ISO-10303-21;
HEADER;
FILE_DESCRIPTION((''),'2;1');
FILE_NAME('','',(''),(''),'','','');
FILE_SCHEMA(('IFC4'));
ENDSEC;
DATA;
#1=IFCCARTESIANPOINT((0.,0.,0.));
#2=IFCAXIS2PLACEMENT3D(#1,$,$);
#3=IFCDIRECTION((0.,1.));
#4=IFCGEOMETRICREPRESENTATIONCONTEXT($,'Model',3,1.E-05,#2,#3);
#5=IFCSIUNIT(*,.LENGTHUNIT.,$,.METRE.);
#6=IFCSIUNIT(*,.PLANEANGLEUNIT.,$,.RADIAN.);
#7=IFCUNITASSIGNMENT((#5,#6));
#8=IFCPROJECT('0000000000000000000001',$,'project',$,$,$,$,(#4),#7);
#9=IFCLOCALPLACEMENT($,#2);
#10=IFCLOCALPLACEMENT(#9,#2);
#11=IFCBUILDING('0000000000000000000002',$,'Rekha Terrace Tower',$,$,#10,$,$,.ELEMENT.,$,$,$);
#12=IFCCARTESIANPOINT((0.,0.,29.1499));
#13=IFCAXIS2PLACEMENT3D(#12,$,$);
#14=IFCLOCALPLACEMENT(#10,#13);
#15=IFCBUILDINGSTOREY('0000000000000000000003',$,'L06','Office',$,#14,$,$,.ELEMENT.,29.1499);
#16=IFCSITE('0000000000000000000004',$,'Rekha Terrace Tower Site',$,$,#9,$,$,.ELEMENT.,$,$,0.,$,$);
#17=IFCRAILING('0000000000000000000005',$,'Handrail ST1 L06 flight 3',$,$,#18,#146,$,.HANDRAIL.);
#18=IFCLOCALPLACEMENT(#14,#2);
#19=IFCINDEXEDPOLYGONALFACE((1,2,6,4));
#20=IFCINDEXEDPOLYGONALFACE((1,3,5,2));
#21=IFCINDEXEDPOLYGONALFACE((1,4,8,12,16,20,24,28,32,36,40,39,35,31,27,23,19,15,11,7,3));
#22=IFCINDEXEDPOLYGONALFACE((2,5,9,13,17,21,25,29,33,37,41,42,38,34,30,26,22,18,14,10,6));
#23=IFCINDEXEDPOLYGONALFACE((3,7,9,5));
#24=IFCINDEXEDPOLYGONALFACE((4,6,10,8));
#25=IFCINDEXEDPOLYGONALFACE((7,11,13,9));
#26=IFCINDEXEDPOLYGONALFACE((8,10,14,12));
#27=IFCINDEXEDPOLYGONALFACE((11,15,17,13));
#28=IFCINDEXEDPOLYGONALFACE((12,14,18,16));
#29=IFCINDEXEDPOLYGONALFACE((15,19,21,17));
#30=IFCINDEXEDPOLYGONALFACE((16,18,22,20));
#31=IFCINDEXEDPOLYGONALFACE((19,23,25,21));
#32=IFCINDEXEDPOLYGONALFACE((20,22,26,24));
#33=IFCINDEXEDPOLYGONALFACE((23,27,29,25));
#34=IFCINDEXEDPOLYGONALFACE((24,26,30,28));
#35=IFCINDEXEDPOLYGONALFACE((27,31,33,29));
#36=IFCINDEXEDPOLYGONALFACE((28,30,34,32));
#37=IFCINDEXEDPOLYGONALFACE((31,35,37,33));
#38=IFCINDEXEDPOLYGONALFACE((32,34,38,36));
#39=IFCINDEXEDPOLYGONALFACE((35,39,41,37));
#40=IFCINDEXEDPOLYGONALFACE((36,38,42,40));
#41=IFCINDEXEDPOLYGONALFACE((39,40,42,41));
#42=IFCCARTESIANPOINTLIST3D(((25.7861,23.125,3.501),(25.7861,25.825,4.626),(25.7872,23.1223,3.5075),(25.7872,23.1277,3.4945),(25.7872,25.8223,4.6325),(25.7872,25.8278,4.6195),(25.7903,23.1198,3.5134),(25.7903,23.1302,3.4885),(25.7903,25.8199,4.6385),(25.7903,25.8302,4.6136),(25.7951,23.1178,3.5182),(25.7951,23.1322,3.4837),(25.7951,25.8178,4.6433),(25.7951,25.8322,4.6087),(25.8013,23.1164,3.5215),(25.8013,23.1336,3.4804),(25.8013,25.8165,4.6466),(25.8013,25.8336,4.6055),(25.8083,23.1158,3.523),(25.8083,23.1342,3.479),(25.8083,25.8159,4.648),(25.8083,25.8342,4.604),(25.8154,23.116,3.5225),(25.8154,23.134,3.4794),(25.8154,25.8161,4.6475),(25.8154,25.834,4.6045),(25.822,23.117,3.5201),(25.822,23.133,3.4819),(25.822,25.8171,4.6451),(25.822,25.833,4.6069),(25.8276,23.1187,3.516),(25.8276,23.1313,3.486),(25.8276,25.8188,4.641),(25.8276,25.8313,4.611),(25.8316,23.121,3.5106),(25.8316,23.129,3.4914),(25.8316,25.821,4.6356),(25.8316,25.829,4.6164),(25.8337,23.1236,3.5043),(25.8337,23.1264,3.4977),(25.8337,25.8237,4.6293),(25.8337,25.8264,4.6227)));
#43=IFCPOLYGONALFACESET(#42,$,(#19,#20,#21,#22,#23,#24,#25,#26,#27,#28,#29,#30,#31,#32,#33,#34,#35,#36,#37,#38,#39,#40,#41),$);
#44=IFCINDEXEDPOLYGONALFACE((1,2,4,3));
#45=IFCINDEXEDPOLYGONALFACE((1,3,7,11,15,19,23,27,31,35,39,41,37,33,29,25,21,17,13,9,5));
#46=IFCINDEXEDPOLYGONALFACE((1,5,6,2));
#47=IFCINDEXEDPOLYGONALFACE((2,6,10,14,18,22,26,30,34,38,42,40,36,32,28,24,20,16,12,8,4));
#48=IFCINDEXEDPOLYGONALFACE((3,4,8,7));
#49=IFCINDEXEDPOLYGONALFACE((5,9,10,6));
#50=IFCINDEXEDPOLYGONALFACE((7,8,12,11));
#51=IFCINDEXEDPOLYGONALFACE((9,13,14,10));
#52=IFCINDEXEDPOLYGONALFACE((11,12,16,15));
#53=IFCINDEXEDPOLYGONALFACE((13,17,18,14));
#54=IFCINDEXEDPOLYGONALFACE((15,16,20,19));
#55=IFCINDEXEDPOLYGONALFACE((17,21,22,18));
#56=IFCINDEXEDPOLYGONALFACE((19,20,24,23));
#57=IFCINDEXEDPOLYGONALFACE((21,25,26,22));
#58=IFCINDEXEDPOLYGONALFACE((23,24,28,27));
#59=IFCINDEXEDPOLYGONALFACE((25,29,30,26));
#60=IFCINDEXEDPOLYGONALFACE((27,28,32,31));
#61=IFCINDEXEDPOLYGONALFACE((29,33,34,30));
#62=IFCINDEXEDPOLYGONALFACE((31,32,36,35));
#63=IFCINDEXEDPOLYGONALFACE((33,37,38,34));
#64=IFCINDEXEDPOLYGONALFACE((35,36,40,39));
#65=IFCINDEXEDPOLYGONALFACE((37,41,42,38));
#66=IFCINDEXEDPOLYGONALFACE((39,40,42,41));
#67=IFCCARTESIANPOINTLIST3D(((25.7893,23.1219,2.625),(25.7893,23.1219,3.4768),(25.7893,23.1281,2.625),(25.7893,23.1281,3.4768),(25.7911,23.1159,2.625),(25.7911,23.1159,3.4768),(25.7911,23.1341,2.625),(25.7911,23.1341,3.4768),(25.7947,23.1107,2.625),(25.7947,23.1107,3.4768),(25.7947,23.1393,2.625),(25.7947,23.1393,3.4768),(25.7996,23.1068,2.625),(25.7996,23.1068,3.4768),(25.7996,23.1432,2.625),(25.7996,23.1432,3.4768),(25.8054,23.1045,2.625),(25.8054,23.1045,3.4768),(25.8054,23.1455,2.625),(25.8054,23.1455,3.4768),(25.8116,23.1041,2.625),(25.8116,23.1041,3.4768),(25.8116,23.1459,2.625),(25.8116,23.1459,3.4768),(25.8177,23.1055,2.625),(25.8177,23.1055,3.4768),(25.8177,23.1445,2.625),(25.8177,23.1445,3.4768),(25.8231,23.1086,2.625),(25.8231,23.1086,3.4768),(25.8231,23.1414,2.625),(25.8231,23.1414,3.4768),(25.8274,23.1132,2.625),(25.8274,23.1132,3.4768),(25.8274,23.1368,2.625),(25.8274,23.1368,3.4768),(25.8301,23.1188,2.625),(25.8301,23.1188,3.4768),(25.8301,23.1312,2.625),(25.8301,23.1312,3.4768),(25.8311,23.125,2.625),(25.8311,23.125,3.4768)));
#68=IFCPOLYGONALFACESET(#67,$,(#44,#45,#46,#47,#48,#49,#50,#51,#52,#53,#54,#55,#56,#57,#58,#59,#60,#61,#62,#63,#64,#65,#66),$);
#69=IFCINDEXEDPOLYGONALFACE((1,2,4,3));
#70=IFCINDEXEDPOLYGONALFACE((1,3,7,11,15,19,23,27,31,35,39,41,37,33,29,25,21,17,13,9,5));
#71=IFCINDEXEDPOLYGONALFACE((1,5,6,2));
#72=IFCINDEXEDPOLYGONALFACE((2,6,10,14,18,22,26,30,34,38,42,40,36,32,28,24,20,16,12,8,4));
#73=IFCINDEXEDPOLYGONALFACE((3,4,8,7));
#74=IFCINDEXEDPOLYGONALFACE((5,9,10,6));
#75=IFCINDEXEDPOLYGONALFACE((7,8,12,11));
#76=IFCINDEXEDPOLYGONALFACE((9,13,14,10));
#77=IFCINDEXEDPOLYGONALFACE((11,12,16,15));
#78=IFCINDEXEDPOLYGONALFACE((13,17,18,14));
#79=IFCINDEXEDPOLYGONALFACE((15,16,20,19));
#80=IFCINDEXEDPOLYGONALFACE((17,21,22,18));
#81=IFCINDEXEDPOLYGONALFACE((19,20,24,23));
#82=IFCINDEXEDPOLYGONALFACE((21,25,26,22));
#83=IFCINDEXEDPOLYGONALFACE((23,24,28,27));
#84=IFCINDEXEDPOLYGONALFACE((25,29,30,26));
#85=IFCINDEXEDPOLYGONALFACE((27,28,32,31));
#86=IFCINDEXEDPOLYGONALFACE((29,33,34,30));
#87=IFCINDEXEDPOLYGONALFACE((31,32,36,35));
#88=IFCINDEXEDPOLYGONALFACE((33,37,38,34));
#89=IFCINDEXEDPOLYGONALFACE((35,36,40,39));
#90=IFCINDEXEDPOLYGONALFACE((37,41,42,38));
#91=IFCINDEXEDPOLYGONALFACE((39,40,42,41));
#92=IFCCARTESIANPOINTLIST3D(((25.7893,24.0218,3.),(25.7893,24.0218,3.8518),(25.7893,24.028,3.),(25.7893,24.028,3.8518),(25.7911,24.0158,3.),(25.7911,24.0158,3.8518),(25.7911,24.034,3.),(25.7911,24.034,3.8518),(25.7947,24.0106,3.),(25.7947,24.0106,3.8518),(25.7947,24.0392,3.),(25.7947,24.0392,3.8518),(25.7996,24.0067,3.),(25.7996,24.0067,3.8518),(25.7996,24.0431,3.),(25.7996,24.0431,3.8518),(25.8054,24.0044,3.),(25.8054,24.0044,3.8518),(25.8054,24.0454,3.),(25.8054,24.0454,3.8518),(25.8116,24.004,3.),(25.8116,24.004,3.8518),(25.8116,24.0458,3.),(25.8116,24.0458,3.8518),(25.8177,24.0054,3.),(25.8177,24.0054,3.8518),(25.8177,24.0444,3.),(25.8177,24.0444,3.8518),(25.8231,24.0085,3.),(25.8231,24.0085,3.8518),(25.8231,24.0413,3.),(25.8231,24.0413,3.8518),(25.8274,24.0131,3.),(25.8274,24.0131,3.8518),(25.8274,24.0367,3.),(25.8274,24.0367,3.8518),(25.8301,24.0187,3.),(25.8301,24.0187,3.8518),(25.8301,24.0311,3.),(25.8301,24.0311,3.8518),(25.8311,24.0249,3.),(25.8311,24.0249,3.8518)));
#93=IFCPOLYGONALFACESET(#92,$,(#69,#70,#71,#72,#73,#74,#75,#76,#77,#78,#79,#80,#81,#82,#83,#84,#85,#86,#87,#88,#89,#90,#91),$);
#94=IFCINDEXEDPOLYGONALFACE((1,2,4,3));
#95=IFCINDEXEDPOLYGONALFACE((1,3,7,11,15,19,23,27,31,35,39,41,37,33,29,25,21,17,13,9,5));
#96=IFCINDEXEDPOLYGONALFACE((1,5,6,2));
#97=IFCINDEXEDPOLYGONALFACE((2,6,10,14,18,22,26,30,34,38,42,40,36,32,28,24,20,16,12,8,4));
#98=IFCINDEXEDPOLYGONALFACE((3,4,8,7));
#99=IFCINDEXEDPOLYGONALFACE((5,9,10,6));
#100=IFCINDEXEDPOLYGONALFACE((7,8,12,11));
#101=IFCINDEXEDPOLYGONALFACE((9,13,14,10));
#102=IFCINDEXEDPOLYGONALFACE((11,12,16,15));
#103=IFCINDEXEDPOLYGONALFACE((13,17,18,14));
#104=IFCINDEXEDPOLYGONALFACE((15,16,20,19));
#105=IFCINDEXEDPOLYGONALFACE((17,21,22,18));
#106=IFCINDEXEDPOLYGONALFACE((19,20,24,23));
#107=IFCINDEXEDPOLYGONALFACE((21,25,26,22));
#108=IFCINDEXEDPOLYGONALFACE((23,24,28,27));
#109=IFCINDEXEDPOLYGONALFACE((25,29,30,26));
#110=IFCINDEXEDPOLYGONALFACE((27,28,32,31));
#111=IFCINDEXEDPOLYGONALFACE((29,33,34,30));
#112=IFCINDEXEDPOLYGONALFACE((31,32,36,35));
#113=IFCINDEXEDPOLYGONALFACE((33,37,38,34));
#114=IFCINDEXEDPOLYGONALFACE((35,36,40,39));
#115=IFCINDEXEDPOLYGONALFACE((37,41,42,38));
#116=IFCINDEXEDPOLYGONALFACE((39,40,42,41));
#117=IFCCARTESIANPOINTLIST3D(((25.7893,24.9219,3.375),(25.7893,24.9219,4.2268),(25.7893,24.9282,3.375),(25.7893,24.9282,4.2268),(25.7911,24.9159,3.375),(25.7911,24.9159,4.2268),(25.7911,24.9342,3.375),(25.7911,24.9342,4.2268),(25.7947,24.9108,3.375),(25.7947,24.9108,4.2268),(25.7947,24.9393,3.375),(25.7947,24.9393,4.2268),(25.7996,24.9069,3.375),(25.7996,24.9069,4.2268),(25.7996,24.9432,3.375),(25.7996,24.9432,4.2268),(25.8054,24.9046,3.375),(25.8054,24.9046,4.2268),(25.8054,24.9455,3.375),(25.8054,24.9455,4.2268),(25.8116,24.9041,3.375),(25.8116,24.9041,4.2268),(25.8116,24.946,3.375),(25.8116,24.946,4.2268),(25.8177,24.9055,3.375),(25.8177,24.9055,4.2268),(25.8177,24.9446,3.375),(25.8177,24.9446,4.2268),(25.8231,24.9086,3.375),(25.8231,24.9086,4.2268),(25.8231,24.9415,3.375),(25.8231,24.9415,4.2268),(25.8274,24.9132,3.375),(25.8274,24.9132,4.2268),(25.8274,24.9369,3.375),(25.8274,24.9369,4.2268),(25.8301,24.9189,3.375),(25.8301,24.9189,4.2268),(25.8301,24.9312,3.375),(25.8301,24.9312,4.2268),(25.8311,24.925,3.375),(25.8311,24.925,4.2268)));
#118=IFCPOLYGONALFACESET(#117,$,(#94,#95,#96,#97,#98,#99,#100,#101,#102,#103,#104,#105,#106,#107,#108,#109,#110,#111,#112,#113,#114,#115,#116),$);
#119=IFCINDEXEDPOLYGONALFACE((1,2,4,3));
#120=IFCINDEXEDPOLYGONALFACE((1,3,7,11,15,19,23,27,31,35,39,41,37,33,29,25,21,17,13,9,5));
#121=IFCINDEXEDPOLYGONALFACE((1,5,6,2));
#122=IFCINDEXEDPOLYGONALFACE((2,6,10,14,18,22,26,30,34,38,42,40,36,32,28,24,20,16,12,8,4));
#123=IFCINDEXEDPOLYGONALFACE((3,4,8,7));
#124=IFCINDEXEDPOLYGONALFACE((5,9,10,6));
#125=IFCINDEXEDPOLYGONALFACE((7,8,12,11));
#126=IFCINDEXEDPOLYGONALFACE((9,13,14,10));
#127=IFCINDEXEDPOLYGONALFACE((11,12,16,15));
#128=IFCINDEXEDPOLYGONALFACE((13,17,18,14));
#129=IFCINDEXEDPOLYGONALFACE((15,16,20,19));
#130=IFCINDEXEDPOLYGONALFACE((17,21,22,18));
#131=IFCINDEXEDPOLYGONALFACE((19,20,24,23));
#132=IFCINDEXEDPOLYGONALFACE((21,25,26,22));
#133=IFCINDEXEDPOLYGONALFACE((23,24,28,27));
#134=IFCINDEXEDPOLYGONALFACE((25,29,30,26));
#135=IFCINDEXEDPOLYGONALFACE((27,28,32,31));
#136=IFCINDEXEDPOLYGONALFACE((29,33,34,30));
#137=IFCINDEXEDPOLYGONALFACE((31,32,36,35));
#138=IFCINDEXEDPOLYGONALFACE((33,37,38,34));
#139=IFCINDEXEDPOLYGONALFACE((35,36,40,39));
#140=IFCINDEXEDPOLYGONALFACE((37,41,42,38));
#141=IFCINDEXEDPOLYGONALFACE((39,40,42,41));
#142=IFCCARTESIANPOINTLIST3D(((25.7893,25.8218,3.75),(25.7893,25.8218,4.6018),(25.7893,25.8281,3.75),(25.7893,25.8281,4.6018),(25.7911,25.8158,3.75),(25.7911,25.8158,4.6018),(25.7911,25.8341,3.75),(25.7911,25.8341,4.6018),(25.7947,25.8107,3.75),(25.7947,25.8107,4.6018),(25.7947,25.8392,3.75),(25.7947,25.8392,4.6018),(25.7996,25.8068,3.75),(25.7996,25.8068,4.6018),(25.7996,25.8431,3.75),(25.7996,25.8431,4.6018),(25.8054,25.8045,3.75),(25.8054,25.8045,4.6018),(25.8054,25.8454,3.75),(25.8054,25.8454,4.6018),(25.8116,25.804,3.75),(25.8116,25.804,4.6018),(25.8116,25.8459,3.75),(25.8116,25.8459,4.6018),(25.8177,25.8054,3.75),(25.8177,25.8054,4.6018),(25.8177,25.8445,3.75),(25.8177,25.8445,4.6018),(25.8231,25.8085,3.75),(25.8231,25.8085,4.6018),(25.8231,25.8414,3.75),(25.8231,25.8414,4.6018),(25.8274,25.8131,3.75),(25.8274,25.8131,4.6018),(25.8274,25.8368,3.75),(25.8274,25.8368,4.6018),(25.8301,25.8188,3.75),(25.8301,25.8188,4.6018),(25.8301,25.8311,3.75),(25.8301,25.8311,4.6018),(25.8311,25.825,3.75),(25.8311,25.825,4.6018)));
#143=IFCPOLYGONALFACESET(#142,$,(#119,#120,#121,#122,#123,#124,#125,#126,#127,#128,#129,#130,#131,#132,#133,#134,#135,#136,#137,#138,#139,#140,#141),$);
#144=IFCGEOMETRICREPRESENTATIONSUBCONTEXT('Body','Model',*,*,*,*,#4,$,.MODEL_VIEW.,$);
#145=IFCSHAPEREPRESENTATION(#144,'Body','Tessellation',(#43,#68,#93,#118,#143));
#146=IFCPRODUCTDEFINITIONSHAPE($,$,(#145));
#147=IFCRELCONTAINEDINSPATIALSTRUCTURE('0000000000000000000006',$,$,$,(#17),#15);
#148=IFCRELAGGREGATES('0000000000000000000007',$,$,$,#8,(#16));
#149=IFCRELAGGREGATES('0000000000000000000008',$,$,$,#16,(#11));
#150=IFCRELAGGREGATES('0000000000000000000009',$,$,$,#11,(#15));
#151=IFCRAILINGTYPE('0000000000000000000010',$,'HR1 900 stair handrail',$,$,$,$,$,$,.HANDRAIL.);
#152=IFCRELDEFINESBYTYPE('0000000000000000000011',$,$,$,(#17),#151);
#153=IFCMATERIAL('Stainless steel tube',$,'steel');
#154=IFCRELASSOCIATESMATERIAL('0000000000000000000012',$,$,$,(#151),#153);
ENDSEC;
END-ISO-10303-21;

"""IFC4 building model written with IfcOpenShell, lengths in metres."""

from ifc_helpers import new_model, si_unit, direction, frame, origin, origin_2d, place, context, subcontext, project, spatial, circle, extrude, material, type_object, element, save


model = new_model("IFC4")

# Units and contexts
model_context = context("Model", 3, precision=1e-05, world=origin(), true_north=direction((0.0, 1.0)))
body_context = subcontext(model_context, "Body", "Model", "MODEL_VIEW")
ifc_project = project(units=[si_unit("LENGTHUNIT", "METRE"), si_unit("PLANEANGLEUNIT", "RADIAN")], contexts=[model_context])

# Site, building, storey
site_placement = place(None, origin())
site = spatial("IfcSite", under=ifc_project, at=site_placement, Name="Rekha Terrace Tower Site", CompositionType="ELEMENT", RefElevation=0.0)
building_placement = place(site_placement, origin())
building = spatial("IfcBuilding", under=site, at=building_placement, Name="Rekha Terrace Tower", CompositionType="ELEMENT")
storey_placement = place(building_placement, frame((0.0, 0.0, 29.1499)))
storey = spatial("IfcBuildingStorey", under=building, at=storey_placement, Name="L06", Description="Office", CompositionType="ELEMENT", Elevation=29.1499)

# Railing
ifc_material_1 = material(Name="Stainless steel tube", Category="steel")
railing_type_1 = type_object("IfcRailingType", Name="HR1 900 stair handrail", PredefinedType="HANDRAIL", material=ifc_material_1)
railing_1_placement = place(storey_placement, frame((25.8101, 23.125, 2.625)))
element("IfcRailing", 1, at=railing_1_placement, inside=storey, type_object=railing_type_1, Name="Handrail ST1 L06 flight 3", PredefinedType="HANDRAIL", context=body_context, shape_type="SweptSolid", body=[
    extrude(circle(Radius=0.0239, at=origin_2d()), frame((0.0, 0.0, 0.876), z_axis=(0.0, 0.923074, 0.384621), x_axis=(-1.0, 0.0, 0.0)), (0.0, 0.0, 1.0), 2.925),
    extrude(circle(Radius=0.021, at=origin_2d()), origin(), (0.0, 0.0, 1.0), 0.8518),
    extrude(circle(Radius=0.021, at=origin_2d()), frame((0.0, 0.8999, 0.375)), (0.0, 0.0, 1.0), 0.8518),
    extrude(circle(Radius=0.021, at=origin_2d()), frame((0.0, 1.8, 0.75)), (0.0, 0.0, 1.0), 0.8518),
    extrude(circle(Radius=0.021, at=origin_2d()), frame((0.0, 2.7, 1.125)), (0.0, 0.0, 1.0), 0.8518),
])

save(model, "model.ifc")
